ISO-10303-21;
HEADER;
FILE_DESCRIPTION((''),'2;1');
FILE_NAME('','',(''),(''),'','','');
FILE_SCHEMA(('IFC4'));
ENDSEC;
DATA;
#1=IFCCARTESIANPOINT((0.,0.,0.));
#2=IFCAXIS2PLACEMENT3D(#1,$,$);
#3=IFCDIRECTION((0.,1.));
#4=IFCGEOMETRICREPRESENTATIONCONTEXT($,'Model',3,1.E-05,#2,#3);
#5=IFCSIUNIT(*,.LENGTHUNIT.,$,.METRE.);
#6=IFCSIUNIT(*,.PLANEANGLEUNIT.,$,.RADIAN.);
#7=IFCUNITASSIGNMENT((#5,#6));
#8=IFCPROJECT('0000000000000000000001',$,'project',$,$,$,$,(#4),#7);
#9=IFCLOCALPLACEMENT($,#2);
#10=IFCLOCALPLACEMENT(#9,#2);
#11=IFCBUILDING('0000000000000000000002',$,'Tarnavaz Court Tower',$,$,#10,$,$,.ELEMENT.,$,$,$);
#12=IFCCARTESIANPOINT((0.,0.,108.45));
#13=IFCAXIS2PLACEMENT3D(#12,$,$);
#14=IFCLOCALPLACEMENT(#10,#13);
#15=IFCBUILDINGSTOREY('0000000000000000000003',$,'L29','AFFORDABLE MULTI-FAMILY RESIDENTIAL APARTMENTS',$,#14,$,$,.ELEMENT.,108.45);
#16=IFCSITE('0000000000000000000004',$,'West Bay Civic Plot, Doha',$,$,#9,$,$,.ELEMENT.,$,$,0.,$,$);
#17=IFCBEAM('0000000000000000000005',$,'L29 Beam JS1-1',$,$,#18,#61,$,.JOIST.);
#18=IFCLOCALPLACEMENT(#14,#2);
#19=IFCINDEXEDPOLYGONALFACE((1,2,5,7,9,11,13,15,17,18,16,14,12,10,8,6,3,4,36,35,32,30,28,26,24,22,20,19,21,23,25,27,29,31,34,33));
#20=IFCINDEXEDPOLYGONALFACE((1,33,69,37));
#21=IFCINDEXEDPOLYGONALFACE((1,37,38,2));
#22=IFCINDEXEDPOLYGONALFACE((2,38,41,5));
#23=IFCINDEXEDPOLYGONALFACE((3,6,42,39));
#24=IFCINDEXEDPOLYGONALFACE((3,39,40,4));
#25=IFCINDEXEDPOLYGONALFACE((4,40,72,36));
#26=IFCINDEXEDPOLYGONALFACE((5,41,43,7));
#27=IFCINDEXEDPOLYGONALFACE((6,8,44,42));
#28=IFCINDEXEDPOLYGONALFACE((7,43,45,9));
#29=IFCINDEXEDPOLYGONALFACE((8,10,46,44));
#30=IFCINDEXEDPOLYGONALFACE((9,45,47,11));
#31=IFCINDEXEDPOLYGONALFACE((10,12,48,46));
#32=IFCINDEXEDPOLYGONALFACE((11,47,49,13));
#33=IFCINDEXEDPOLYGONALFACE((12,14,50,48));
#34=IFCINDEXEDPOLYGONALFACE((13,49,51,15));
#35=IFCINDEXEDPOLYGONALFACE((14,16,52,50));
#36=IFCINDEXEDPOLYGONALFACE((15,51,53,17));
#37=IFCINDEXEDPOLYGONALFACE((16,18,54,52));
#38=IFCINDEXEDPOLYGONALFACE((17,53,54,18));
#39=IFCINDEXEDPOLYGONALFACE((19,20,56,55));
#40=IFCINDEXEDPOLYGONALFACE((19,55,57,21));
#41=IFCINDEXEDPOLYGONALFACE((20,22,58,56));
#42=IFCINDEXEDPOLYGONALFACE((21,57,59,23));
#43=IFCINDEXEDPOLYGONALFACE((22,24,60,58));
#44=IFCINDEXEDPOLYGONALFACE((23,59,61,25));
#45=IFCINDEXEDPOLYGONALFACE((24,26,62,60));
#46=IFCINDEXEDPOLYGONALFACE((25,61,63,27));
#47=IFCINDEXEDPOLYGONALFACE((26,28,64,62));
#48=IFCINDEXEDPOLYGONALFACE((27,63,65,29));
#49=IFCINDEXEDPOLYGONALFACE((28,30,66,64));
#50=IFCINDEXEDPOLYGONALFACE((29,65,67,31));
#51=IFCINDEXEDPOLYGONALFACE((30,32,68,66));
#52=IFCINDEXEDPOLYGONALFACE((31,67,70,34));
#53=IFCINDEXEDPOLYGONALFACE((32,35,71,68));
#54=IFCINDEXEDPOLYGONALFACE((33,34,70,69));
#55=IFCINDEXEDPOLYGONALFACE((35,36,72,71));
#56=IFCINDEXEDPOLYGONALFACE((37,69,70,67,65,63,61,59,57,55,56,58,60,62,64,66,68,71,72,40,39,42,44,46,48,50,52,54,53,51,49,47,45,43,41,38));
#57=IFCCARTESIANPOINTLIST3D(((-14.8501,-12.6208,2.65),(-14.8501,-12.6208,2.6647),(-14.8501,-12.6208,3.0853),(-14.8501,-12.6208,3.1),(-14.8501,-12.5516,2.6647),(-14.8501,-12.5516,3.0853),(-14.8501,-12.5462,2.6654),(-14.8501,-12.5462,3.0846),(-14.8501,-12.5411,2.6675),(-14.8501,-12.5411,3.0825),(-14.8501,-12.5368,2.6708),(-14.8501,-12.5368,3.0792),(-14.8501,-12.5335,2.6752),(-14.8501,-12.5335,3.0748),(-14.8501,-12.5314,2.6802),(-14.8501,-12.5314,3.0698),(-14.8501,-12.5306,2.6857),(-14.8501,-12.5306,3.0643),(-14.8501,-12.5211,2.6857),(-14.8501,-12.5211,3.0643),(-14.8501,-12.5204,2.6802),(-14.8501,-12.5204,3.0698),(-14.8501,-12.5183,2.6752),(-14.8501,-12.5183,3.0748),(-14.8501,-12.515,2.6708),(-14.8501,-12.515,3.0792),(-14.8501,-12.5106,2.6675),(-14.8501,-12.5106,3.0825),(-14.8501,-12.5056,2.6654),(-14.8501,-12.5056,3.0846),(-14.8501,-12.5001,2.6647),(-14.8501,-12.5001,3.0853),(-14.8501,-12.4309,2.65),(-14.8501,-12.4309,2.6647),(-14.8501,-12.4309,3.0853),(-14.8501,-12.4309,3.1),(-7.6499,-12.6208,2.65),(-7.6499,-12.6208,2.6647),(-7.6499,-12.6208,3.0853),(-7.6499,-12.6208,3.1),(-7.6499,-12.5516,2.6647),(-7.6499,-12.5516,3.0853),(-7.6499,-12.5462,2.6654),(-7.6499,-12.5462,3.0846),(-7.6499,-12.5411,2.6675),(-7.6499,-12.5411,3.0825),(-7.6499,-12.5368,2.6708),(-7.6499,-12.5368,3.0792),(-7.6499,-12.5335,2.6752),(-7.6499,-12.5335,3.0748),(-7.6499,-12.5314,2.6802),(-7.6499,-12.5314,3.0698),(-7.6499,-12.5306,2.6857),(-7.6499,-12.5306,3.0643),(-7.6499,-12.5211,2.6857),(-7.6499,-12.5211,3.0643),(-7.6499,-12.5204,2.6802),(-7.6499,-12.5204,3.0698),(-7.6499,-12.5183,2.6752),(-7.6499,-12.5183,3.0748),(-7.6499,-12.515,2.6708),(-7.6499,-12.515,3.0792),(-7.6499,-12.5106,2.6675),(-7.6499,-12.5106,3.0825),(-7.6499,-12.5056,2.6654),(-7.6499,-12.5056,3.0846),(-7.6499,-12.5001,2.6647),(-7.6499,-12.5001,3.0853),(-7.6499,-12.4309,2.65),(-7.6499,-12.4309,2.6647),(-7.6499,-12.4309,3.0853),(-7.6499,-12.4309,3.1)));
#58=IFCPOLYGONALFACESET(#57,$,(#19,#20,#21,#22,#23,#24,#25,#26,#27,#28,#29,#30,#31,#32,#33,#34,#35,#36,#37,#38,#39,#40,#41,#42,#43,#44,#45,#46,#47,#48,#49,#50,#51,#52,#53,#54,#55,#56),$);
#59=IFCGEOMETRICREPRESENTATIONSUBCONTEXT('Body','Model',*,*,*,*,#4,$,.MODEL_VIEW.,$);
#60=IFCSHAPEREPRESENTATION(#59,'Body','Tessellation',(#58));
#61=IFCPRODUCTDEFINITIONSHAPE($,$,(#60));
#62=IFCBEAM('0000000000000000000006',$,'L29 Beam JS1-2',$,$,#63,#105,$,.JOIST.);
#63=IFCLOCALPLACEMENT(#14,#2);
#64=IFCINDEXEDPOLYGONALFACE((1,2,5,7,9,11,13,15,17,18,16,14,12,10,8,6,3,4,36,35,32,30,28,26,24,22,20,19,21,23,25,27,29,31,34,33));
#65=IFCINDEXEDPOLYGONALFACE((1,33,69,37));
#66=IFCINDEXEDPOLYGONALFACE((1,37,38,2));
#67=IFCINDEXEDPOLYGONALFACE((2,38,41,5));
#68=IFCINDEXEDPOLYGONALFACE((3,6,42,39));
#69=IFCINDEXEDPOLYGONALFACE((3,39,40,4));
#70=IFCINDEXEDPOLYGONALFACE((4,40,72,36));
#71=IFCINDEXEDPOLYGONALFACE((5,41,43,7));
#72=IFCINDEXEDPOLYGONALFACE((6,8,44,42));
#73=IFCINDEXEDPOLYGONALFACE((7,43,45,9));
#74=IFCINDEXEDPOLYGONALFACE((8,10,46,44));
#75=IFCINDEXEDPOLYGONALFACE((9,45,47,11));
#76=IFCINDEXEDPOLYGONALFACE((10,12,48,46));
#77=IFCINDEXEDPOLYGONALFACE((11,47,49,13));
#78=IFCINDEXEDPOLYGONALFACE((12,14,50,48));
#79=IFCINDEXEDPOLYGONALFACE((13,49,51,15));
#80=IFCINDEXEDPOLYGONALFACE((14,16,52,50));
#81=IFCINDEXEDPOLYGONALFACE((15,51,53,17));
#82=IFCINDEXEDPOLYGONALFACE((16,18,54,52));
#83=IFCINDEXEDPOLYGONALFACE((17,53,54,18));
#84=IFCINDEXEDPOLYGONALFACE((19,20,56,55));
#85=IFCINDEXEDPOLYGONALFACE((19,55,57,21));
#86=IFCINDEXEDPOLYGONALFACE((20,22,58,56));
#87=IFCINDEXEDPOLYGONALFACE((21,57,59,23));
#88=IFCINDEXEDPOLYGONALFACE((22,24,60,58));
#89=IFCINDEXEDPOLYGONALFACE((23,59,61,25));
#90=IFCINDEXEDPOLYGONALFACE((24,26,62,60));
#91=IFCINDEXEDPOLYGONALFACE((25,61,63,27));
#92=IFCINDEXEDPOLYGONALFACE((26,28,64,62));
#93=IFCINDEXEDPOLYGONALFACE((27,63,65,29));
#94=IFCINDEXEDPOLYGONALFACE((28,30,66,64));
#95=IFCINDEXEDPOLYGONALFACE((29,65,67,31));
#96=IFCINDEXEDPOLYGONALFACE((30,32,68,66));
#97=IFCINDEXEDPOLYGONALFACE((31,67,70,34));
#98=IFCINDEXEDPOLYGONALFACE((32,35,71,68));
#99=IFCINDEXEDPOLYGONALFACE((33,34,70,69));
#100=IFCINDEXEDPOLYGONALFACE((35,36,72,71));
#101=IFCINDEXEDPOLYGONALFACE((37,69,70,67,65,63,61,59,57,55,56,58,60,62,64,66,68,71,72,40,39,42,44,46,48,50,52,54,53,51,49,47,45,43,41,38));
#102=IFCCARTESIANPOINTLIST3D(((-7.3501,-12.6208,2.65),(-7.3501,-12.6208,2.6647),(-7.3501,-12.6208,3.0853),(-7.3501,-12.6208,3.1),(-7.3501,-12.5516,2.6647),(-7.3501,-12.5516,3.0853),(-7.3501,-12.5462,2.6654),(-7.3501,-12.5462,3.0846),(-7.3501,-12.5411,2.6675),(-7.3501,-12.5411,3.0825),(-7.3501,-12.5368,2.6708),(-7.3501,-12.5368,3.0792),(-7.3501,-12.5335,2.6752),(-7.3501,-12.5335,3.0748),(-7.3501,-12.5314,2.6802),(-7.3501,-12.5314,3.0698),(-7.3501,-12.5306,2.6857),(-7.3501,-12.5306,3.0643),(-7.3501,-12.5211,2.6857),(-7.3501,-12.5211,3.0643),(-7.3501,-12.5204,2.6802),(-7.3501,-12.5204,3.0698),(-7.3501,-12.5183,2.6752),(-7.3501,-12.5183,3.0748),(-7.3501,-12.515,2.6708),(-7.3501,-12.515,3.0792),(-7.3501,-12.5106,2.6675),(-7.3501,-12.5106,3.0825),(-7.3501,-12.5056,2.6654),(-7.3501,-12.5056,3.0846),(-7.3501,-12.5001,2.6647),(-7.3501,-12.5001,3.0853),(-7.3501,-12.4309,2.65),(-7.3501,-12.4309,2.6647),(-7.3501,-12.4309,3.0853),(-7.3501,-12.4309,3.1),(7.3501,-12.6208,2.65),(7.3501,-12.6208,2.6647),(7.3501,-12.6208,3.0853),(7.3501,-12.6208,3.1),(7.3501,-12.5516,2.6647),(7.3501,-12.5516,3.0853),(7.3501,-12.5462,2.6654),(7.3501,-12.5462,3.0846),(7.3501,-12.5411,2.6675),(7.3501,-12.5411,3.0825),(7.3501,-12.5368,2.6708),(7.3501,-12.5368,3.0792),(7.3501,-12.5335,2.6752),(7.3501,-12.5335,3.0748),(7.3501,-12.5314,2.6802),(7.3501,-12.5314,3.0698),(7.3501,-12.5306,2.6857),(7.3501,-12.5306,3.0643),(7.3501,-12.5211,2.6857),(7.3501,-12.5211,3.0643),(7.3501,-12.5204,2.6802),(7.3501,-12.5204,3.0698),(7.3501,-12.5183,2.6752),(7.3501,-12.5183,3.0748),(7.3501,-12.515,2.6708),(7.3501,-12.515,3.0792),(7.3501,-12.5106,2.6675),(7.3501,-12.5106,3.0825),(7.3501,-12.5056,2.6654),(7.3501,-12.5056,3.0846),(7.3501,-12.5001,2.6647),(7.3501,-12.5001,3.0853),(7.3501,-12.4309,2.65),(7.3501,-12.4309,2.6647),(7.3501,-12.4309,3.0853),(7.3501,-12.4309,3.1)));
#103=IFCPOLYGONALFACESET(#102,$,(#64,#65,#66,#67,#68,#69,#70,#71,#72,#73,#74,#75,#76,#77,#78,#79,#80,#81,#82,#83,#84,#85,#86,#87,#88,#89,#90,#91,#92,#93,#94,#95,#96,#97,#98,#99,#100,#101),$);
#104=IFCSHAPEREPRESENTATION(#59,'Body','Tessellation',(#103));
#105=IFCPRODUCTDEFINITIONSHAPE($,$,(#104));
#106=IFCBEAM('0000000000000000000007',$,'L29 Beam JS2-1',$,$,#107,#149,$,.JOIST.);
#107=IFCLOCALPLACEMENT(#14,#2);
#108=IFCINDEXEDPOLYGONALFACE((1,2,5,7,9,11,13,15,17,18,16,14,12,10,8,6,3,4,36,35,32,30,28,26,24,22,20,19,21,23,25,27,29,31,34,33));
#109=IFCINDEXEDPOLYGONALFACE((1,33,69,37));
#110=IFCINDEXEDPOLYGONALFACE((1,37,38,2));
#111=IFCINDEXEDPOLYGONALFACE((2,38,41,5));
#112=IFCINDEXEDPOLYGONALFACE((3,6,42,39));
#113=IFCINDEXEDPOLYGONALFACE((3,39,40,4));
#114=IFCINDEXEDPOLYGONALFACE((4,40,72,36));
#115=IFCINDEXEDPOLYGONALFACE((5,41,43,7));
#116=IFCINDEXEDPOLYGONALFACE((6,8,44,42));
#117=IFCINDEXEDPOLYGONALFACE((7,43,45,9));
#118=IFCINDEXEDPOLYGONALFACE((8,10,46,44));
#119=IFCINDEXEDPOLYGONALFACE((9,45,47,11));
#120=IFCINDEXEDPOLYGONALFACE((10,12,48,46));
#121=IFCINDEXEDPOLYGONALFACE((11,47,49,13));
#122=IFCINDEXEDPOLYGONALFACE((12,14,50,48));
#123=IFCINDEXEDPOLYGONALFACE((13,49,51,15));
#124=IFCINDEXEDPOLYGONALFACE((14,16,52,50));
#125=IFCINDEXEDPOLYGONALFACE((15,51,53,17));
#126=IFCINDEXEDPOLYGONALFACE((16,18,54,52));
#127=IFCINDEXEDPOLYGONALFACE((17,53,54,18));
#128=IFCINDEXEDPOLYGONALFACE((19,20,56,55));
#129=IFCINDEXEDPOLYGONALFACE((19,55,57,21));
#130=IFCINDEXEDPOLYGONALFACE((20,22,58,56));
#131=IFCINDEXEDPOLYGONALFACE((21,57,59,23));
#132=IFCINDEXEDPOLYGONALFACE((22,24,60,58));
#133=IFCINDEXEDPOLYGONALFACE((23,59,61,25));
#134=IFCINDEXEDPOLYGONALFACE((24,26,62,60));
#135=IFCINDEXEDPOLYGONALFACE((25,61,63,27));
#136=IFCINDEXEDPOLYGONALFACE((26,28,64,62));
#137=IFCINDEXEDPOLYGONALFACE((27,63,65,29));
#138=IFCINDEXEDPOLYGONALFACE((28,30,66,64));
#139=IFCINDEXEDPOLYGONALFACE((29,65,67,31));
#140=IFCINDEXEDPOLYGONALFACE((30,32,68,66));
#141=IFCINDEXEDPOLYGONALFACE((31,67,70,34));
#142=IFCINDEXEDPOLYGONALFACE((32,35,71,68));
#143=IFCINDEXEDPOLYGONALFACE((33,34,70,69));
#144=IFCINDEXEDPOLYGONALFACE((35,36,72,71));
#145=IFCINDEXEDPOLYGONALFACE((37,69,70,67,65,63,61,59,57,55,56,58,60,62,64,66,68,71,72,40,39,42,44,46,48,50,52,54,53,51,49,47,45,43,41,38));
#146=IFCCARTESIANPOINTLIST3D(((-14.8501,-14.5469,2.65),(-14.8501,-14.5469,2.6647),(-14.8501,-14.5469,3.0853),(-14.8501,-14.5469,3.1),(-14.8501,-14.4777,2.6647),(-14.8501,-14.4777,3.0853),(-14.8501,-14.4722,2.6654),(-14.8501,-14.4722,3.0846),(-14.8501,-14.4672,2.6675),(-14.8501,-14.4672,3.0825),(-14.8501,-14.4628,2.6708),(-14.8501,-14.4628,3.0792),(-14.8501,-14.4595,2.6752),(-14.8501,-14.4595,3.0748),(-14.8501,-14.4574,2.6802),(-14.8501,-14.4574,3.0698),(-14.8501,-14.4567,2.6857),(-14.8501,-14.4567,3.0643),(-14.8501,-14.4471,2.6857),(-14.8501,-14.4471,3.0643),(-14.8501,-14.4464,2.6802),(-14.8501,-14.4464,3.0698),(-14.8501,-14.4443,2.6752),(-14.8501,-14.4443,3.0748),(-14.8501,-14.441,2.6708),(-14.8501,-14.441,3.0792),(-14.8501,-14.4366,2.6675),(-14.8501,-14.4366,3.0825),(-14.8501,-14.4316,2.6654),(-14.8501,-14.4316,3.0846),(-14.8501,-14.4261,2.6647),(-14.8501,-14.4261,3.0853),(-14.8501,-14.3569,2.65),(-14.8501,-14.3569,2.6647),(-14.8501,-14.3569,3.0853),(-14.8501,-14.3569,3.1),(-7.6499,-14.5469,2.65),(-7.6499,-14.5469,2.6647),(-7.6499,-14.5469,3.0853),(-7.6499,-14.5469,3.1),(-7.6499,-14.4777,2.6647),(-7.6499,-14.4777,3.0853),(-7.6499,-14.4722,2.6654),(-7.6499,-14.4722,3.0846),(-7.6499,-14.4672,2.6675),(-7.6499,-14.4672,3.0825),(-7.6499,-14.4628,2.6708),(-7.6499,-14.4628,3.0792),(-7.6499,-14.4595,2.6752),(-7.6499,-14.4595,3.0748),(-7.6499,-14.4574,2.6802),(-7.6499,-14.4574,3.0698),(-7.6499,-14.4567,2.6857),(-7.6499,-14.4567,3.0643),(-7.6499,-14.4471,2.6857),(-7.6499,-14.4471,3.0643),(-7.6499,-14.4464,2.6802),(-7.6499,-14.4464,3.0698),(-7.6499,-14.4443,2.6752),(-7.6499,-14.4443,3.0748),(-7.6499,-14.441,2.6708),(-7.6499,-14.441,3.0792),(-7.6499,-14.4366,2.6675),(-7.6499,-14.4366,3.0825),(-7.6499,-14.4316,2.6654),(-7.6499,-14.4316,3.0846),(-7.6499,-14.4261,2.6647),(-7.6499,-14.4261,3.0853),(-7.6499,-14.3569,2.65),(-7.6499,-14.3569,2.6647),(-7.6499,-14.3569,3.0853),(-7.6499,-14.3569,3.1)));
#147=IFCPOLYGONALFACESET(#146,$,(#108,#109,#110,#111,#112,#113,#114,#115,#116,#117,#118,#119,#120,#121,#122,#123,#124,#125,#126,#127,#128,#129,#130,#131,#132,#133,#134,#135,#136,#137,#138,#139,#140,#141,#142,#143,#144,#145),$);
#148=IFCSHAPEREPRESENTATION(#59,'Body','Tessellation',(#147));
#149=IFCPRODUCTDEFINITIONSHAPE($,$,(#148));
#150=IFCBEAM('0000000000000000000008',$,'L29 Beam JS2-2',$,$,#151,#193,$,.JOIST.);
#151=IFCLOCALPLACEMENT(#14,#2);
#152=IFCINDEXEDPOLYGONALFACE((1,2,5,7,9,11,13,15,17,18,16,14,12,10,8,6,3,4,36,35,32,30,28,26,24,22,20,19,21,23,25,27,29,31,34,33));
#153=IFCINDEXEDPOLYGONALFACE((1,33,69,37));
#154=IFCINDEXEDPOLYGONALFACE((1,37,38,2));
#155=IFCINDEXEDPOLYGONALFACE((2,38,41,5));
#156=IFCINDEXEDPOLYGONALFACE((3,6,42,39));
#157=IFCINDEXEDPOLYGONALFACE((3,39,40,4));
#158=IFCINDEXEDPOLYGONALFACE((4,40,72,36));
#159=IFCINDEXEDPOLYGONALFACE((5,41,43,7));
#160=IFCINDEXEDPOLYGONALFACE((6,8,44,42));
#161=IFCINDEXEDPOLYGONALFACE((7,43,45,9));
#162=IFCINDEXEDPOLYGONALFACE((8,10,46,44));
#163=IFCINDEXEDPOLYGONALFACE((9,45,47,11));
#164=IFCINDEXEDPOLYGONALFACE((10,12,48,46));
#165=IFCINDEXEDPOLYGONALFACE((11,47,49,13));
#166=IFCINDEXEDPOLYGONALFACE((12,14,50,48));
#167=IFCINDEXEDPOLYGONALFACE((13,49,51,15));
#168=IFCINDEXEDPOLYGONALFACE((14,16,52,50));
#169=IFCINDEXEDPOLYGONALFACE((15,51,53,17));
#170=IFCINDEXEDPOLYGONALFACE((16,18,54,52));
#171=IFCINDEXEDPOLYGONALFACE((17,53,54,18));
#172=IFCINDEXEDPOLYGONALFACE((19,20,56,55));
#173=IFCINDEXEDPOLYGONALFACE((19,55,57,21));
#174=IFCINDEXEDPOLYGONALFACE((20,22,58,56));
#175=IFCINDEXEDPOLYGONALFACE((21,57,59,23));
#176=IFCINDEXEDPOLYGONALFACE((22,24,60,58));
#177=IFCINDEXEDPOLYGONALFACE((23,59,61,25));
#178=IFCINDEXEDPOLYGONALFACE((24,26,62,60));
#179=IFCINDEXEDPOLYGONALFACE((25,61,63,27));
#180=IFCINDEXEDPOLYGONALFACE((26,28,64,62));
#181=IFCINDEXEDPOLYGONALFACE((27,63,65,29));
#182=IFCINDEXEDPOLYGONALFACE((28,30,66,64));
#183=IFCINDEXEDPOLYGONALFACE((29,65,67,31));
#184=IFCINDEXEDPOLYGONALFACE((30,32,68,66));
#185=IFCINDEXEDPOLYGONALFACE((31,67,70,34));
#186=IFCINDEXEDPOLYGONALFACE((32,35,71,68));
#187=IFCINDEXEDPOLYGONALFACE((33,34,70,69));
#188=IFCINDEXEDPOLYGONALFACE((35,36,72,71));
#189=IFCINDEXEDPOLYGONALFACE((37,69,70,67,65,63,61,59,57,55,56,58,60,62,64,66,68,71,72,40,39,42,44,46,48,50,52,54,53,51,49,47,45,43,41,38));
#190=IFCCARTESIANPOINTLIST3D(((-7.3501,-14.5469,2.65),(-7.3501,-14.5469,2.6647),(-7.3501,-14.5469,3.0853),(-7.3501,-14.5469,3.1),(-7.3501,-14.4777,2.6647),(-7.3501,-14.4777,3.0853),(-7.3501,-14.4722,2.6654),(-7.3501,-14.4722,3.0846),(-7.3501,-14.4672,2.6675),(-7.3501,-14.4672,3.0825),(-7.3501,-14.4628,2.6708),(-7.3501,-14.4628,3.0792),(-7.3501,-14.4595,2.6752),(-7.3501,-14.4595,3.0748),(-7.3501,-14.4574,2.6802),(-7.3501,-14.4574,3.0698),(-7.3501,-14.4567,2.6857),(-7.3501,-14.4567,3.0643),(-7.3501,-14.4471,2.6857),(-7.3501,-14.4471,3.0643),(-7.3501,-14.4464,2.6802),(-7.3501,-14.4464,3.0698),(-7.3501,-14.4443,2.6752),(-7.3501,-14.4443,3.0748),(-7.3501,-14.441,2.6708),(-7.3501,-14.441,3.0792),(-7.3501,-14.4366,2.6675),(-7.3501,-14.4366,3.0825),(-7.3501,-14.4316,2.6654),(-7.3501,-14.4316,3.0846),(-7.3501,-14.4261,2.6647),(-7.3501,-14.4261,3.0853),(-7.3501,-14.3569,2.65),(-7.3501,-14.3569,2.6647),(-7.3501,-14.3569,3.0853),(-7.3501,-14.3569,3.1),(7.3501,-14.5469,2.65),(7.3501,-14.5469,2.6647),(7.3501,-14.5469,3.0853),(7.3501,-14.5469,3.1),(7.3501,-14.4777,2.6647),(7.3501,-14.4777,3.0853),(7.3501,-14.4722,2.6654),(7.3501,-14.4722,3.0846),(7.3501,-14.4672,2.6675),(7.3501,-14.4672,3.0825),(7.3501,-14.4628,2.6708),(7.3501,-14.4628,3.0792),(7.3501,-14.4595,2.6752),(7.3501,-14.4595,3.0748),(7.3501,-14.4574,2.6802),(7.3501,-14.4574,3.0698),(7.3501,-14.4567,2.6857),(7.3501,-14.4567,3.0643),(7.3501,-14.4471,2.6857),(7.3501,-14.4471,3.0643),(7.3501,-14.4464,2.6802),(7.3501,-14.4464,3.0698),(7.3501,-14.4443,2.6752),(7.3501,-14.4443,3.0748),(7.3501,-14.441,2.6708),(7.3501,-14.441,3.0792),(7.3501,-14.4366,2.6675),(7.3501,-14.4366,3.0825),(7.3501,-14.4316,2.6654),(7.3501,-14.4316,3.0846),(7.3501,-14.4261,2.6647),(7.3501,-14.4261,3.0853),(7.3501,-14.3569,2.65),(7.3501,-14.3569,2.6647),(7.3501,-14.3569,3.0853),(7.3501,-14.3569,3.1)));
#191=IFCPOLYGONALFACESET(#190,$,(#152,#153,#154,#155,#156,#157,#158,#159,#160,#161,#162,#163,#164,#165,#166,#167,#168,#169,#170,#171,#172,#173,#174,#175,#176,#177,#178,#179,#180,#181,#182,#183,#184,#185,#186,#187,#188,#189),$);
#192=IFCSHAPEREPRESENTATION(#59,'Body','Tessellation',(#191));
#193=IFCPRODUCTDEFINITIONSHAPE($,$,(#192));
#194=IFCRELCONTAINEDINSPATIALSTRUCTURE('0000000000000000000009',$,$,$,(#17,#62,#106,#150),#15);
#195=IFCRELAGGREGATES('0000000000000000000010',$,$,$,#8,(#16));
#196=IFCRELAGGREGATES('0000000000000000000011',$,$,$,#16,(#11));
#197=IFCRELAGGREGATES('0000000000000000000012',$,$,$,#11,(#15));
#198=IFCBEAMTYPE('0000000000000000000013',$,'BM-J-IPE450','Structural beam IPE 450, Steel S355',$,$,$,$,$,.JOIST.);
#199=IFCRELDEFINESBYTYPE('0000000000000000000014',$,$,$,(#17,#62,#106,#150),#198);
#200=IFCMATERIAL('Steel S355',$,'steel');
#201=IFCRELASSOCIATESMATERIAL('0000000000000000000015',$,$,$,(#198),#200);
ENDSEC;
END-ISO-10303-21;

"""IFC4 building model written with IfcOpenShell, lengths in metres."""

from ifc_helpers import new_model, si_unit, direction, frame, origin, origin_2d, place, context, subcontext, project, spatial, i_section, extrude, material, material_profile, profile_set, type_object, element, save


model = new_model("IFC4")

# Units and contexts
model_context = context("Model", 3, precision=1e-05, world=origin(), true_north=direction((0.0, 1.0)))
body_context = subcontext(model_context, "Body", "Model", "MODEL_VIEW")
ifc_project = project(units=[si_unit("LENGTHUNIT", "METRE"), si_unit("PLANEANGLEUNIT", "RADIAN")], contexts=[model_context])

# Site, building, storey
site_placement = place(None, origin())
site = spatial("IfcSite", under=ifc_project, at=site_placement, Name="West Bay Civic Plot, Doha", CompositionType="ELEMENT", RefElevation=0.0)
building_placement = place(site_placement, origin())
building = spatial("IfcBuilding", under=site, at=building_placement, Name="Tarnavaz Court Tower", CompositionType="ELEMENT")
storey_placement = place(building_placement, frame((0.0, 0.0, 108.45)))
storey = spatial("IfcBuildingStorey", under=building, at=storey_placement, Name="L29", Description="AFFORDABLE MULTI-FAMILY RESIDENTIAL APARTMENTS", CompositionType="ELEMENT", Elevation=108.45)

# Beams
ifc_material_1 = material(Name="Steel S355", Category="steel")
ifc_material_profile_1 = material_profile(ifc_material_1, i_section(OverallWidth=0.1899, OverallDepth=0.45, WebThickness=0.0095, FlangeThickness=0.0146, FilletRadius=0.021, at=origin_2d()), Name="IPE 450")
ifc_profile_set_1 = profile_set([ifc_material_profile_1], Name="Steel S355")
beam_type_1 = type_object("IfcBeamType", Name="BM-J-IPE450", Description="Structural beam IPE 450, Steel S355", PredefinedType="JOIST", material=ifc_profile_set_1)
beam_1_placement = place(storey_placement, frame((-14.8501, -12.5259, 2.875), z_axis=(1.0, 0.0, 0.0), x_axis=(0.0, 1.0, 0.0)))
element("IfcBeam", 1, at=beam_1_placement, inside=storey, type_object=beam_type_1, Name="L29 Beam JS1-1", PredefinedType="JOIST", context=body_context, shape_type="SweptSolid", body=[
    extrude(i_section(OverallWidth=0.1899, OverallDepth=0.45, WebThickness=0.0095, FlangeThickness=0.0146, FilletRadius=0.021, at=origin_2d()), origin(), (0.0, 0.0, 1.0), 7.2002),
])
beam_2_placement = place(storey_placement, frame((-7.3501, -12.5259, 2.875), z_axis=(1.0, 0.0, 0.0), x_axis=(0.0, 1.0, 0.0)))
element("IfcBeam", 2, at=beam_2_placement, inside=storey, type_object=beam_type_1, Name="L29 Beam JS1-2", PredefinedType="JOIST", context=body_context, shape_type="SweptSolid", body=[
    extrude(i_section(OverallWidth=0.1899, OverallDepth=0.45, WebThickness=0.0095, FlangeThickness=0.0146, FilletRadius=0.021, at=origin_2d()), origin(), (0.0, 0.0, 1.0), 14.7002),
])
beam_3_placement = place(storey_placement, frame((-14.8501, -14.4519, 2.875), z_axis=(1.0, 0.0, 0.0), x_axis=(0.0, 1.0, 0.0)))
element("IfcBeam", 3, at=beam_3_placement, inside=storey, type_object=beam_type_1, Name="L29 Beam JS2-1", PredefinedType="JOIST", context=body_context, shape_type="SweptSolid", body=[
    extrude(i_section(OverallWidth=0.1899, OverallDepth=0.45, WebThickness=0.0095, FlangeThickness=0.0146, FilletRadius=0.021, at=origin_2d()), origin(), (0.0, 0.0, 1.0), 7.2002),
])
beam_4_placement = place(storey_placement, frame((-7.3501, -14.4519, 2.875), z_axis=(1.0, 0.0, 0.0), x_axis=(0.0, 1.0, 0.0)))
element("IfcBeam", 4, at=beam_4_placement, inside=storey, type_object=beam_type_1, Name="L29 Beam JS2-2", PredefinedType="JOIST", context=body_context, shape_type="SweptSolid", body=[
    extrude(i_section(OverallWidth=0.1899, OverallDepth=0.45, WebThickness=0.0095, FlangeThickness=0.0146, FilletRadius=0.021, at=origin_2d()), origin(), (0.0, 0.0, 1.0), 14.7002),
])

save(model, "model.ifc")
